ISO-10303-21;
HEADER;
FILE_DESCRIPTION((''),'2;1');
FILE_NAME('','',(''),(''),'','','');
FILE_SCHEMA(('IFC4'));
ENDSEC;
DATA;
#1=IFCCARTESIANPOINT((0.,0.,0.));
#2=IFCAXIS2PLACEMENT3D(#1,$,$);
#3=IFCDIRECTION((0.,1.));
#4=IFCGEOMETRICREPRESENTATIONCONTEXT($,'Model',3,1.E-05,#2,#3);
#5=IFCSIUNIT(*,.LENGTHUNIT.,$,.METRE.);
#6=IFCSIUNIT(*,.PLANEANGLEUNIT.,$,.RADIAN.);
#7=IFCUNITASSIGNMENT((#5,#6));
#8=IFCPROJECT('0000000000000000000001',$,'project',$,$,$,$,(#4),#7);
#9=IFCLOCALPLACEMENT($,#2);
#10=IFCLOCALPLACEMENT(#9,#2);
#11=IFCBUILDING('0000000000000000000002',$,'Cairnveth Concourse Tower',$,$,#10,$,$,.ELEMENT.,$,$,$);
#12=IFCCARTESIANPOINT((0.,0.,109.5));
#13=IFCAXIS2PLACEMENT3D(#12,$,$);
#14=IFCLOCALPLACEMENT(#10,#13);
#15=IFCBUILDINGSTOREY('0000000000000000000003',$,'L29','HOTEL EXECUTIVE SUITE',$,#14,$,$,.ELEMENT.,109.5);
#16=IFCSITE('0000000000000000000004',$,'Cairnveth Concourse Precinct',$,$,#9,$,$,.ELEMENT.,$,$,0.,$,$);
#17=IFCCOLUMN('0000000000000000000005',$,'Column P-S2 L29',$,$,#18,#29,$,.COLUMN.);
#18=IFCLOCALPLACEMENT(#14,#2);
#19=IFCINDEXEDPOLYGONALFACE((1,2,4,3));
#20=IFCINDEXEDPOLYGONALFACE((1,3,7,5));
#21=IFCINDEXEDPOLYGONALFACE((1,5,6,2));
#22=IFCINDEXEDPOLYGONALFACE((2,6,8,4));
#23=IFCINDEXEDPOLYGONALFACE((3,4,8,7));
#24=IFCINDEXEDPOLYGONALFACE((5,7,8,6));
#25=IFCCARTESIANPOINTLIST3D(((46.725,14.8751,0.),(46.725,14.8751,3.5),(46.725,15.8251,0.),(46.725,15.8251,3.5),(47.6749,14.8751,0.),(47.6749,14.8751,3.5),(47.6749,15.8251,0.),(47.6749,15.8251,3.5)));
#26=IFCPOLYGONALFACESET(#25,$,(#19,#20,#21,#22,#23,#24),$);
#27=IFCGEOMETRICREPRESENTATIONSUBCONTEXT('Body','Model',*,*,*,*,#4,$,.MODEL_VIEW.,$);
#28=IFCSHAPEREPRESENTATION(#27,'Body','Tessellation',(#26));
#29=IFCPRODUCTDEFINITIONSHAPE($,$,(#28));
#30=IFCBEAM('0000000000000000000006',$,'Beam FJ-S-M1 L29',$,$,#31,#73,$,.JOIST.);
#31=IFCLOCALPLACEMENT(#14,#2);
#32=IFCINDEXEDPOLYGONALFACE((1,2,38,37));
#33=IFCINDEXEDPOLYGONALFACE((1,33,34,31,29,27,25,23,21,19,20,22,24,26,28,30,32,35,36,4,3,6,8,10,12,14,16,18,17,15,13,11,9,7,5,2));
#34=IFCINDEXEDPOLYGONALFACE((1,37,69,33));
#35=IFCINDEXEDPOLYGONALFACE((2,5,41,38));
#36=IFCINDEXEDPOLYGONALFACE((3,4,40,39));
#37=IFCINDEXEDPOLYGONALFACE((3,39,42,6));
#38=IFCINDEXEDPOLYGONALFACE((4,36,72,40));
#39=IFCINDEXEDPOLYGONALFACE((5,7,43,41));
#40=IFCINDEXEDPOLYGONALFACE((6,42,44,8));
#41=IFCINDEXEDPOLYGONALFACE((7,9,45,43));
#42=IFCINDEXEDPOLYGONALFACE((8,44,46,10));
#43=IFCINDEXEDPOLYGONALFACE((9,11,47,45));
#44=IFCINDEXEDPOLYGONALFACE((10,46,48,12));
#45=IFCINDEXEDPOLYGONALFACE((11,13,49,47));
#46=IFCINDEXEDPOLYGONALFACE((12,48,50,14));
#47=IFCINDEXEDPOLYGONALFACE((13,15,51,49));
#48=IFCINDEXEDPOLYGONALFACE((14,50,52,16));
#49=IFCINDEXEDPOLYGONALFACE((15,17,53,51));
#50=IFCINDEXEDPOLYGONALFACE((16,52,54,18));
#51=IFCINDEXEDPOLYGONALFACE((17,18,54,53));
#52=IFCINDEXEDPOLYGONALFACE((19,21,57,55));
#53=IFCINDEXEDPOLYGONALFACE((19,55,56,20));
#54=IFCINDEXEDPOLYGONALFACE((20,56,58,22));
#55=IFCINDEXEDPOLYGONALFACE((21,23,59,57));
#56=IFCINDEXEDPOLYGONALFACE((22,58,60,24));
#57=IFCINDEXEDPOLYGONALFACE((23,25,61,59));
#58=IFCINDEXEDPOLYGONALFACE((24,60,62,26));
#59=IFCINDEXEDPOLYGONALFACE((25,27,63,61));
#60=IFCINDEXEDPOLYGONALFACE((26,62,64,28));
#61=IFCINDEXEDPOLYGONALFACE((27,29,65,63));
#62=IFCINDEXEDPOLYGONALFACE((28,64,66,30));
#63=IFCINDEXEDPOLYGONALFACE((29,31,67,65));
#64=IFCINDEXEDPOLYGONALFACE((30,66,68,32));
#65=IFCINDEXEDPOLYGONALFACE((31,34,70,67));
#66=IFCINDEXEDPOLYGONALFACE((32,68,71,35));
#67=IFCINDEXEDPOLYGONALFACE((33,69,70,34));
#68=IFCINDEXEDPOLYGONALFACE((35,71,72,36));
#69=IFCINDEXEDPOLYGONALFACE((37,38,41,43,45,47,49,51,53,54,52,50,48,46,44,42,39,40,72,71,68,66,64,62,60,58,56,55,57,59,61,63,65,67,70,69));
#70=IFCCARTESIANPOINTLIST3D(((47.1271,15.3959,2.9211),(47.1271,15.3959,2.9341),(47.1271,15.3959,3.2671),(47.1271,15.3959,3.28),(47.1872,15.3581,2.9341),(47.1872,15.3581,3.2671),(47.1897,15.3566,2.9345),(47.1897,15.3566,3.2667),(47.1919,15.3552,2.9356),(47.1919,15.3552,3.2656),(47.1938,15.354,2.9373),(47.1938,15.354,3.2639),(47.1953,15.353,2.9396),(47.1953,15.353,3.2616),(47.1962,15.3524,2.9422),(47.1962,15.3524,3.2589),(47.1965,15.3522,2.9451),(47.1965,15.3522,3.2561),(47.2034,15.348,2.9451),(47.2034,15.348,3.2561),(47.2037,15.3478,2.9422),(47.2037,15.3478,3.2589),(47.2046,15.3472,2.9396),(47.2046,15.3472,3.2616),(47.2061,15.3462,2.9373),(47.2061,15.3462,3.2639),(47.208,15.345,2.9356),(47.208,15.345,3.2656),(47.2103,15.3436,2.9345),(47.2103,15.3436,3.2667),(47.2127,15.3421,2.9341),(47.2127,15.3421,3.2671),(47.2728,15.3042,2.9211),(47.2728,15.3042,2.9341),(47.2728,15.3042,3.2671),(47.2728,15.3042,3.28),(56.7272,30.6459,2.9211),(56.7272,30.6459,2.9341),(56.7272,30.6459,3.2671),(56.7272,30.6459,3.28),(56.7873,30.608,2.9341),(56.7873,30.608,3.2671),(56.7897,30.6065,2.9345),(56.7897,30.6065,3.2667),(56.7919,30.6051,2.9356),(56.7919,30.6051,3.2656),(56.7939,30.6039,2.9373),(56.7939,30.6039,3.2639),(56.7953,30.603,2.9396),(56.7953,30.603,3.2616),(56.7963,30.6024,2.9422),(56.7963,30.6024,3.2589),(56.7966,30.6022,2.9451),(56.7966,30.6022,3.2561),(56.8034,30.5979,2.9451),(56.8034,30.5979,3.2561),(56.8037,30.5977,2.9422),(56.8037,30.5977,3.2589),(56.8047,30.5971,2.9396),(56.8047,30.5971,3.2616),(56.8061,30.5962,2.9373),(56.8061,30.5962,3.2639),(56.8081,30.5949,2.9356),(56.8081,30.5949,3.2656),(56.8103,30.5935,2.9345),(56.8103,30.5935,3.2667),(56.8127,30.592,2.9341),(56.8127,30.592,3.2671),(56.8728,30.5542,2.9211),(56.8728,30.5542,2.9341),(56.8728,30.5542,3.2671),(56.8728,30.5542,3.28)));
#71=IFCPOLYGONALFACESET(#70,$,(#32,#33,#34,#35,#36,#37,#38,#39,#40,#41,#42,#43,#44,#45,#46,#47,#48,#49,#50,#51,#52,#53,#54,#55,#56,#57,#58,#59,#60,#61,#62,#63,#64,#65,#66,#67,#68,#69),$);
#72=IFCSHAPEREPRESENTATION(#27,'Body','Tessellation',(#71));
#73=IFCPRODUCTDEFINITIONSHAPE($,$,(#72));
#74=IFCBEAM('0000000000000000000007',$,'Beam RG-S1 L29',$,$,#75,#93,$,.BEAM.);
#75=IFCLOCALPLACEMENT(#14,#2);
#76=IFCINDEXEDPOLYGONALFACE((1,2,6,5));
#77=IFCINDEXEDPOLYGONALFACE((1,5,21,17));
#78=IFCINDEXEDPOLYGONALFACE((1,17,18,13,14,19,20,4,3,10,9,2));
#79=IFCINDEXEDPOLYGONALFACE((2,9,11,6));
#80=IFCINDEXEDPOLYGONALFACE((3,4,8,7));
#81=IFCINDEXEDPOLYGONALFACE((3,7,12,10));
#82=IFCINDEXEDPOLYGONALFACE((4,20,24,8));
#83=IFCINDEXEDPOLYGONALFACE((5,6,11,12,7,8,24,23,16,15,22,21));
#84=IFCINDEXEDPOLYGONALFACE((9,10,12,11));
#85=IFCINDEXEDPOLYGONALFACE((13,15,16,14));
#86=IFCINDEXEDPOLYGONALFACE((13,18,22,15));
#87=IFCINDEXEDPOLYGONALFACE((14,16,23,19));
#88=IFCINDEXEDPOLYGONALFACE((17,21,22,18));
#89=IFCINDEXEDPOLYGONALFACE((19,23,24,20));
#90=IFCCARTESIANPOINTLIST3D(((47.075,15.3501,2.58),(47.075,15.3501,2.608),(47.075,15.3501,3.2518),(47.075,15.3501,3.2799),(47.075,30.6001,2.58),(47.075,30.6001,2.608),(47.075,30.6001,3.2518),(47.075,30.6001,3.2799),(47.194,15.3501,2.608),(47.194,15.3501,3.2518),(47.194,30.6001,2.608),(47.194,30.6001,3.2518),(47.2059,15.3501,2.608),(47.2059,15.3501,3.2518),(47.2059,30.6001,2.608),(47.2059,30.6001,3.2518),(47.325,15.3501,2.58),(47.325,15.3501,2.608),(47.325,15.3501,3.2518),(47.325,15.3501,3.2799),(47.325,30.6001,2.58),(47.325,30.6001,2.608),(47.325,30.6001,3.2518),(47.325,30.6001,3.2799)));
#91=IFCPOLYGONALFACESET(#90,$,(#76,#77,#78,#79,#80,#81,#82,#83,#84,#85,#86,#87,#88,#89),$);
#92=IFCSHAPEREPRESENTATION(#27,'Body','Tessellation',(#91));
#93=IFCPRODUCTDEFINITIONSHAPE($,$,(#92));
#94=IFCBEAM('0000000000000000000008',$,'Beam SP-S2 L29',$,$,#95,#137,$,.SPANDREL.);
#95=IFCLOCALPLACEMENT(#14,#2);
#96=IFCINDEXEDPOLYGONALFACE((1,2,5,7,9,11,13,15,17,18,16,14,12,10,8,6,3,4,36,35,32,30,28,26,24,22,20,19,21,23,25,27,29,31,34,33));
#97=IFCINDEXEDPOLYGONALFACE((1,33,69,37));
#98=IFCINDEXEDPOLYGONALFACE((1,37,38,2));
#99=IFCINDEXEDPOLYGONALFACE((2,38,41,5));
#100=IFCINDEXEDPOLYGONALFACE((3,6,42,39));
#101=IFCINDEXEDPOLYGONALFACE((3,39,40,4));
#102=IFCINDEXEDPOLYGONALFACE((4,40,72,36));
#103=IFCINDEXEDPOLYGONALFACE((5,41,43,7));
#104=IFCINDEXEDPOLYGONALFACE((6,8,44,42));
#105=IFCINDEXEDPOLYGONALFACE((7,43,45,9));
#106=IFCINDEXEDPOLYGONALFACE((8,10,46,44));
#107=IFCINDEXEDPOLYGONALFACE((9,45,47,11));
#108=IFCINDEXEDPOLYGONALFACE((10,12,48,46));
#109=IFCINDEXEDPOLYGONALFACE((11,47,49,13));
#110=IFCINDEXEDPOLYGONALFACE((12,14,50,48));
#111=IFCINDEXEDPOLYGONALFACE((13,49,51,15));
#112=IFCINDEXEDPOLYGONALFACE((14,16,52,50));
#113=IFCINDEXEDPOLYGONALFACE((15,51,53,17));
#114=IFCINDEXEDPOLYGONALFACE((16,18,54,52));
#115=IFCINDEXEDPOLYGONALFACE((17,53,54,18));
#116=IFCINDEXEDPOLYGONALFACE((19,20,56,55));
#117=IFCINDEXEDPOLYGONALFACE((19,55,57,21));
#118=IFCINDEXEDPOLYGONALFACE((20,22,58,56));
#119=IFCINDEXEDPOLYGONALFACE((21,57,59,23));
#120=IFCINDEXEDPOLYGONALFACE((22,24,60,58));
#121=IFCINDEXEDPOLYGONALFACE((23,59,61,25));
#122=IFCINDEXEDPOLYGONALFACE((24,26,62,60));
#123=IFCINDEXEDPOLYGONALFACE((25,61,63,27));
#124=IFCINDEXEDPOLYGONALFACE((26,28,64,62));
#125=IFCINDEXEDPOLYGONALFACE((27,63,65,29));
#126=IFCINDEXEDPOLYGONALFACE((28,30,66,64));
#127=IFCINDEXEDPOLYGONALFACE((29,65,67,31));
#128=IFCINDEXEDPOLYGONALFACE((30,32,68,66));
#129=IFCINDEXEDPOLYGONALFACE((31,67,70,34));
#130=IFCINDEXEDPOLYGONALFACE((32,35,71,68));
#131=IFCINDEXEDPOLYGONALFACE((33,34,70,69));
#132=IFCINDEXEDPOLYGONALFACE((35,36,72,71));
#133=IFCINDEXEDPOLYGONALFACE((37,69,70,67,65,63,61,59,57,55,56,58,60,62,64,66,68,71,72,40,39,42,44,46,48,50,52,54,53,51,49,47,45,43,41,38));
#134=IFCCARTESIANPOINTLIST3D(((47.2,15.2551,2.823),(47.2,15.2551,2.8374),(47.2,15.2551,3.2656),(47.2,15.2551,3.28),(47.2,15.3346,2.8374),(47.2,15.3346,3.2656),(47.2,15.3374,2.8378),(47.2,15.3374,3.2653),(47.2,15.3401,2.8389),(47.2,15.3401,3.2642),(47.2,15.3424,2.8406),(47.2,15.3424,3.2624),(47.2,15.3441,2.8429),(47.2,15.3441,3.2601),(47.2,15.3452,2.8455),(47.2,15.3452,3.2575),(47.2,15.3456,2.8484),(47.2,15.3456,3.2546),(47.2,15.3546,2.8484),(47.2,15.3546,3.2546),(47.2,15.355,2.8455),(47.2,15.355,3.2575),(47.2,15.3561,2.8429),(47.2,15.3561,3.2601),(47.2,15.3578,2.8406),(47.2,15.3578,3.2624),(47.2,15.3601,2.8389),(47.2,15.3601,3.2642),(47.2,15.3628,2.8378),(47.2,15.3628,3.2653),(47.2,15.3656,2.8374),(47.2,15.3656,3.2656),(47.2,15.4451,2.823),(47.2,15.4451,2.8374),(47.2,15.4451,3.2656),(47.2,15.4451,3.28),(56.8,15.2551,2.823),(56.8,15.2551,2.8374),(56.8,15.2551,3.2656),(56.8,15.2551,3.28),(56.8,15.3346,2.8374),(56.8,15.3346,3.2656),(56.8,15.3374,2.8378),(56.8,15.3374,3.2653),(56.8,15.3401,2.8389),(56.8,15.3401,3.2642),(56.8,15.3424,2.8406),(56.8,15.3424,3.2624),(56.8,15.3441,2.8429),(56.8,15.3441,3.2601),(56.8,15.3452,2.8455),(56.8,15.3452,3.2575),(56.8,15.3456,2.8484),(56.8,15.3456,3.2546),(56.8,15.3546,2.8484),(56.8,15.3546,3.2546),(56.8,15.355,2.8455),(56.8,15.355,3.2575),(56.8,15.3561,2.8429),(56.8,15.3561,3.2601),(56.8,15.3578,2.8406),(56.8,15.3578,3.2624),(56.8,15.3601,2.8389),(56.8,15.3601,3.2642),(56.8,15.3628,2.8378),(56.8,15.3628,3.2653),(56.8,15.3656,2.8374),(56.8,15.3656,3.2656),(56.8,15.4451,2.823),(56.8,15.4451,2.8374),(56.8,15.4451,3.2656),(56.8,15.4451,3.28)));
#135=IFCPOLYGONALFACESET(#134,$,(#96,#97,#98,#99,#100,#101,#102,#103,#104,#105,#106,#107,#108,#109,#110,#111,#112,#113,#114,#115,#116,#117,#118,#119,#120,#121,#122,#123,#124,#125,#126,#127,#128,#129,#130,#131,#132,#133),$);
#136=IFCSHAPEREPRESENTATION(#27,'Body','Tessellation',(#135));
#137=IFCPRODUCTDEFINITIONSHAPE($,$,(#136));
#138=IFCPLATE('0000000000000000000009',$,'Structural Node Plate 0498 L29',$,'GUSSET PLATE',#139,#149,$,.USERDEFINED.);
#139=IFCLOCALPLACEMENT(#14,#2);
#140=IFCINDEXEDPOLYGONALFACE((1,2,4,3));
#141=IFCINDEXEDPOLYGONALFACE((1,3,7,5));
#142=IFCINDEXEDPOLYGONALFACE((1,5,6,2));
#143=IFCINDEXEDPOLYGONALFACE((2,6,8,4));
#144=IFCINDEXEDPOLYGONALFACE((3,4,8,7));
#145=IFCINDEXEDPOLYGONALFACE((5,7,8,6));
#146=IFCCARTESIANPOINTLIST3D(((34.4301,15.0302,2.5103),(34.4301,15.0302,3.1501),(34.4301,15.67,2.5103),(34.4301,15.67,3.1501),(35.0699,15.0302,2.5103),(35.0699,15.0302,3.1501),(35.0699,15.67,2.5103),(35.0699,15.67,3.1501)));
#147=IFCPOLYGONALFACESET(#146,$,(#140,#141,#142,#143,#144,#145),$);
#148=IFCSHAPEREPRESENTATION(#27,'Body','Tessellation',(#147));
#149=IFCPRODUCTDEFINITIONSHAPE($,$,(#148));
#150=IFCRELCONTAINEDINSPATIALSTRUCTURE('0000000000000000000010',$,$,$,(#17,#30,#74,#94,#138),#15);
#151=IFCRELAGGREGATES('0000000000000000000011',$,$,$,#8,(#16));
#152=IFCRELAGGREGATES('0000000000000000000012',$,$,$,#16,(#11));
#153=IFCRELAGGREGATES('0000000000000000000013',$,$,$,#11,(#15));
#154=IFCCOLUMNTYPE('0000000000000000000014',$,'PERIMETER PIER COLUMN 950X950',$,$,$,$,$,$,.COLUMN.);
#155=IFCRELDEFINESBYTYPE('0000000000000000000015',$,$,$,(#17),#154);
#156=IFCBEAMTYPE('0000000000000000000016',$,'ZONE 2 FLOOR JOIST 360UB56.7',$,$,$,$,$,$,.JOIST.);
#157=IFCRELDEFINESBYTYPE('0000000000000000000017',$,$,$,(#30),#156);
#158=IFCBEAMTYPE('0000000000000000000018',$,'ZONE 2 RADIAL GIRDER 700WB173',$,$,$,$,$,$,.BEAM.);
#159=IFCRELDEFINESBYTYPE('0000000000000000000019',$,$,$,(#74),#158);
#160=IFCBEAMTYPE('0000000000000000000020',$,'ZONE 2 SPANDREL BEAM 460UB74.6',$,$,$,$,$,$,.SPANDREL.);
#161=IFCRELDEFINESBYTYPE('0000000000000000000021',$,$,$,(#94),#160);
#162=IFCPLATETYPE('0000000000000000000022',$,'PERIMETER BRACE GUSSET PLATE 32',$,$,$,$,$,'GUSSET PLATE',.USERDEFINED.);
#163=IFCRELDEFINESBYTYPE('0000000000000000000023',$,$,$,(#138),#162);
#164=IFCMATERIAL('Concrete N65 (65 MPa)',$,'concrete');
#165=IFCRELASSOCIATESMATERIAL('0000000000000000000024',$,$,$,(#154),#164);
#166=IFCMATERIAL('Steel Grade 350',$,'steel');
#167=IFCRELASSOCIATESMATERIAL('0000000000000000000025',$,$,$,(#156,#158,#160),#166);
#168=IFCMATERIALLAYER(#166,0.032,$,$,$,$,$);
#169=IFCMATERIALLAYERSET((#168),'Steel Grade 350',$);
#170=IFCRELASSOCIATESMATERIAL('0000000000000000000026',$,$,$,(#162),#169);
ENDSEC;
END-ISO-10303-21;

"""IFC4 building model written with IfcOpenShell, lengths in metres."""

from ifc_helpers import new_model, si_unit, direction, frame, origin, origin_2d, place, context, subcontext, project, spatial, rectangle, i_section, extrude, material, layer, layer_set, material_profile, profile_set, type_object, element, save


model = new_model("IFC4")

# Units and contexts
model_context = context("Model", 3, precision=1e-05, world=origin(), true_north=direction((0.0, 1.0)))
body_context = subcontext(model_context, "Body", "Model", "MODEL_VIEW")
ifc_project = project(units=[si_unit("LENGTHUNIT", "METRE"), si_unit("PLANEANGLEUNIT", "RADIAN")], contexts=[model_context])

# Site, building, storey
site_placement = place(None, origin())
site = spatial("IfcSite", under=ifc_project, at=site_placement, Name="Cairnveth Concourse Precinct", CompositionType="ELEMENT", RefElevation=0.0)
building_placement = place(site_placement, origin())
building = spatial("IfcBuilding", under=site, at=building_placement, Name="Cairnveth Concourse Tower", CompositionType="ELEMENT")
storey_placement = place(building_placement, frame((0.0, 0.0, 109.5)))
storey = spatial("IfcBuildingStorey", under=building, at=storey_placement, Name="L29", Description="HOTEL EXECUTIVE SUITE", CompositionType="ELEMENT", Elevation=109.5)

# Column
ifc_material_1 = material(Name="Concrete N65 (65 MPa)", Category="concrete")
ifc_material_profile_1 = material_profile(ifc_material_1, rectangle(XDim=0.95, YDim=0.95, at=origin_2d()), Name="RC-COL-950x950")
ifc_profile_set_1 = profile_set([ifc_material_profile_1], Name="Concrete N65 (65 MPa)")
column_type = type_object("IfcColumnType", Name="PERIMETER PIER COLUMN 950X950", PredefinedType="COLUMN", material=ifc_profile_set_1)
column_placement = place(storey_placement, frame((47.2, 15.3501, 0.0), z_axis=(0.0, 0.0, 1.0), x_axis=(1.0, 0.0, 0.0)))
element("IfcColumn", 1, at=column_placement, inside=storey, type_object=column_type, Name="Column P-S2 L29", PredefinedType="COLUMN", context=body_context, shape_type="SweptSolid", body=[
    extrude(rectangle(XDim=0.95, YDim=0.95, at=origin_2d()), origin(), (0.0, 0.0, 1.0), 3.5),
])

# Beams
ifc_material_2 = material(Name="Steel Grade 350", Category="steel")
ifc_material_profile_2 = material_profile(ifc_material_2, i_section(OverallWidth=0.1721, OverallDepth=0.3589, WebThickness=0.0081, FlangeThickness=0.0129, FilletRadius=0.011, at=origin_2d()), Name="360UB56.7")
ifc_profile_set_2 = profile_set([ifc_material_profile_2], Name="Steel Grade 350")
beam_type_1 = type_object("IfcBeamType", Name="ZONE 2 FLOOR JOIST 360UB56.7", PredefinedType="JOIST", material=ifc_profile_set_2)
beam_1_placement = place(storey_placement, frame((47.2, 15.3501, 3.1006), z_axis=(0.532744, 0.846277, 0.0), x_axis=(-0.846277, 0.532744, 0.0)))
element("IfcBeam", 2, at=beam_1_placement, inside=storey, type_object=beam_type_1, Name="Beam FJ-S-M1 L29", PredefinedType="JOIST", context=body_context, shape_type="SweptSolid", body=[
    extrude(i_section(OverallWidth=0.1721, OverallDepth=0.3589, WebThickness=0.0081, FlangeThickness=0.0129, FilletRadius=0.011, at=origin_2d()), origin(), (0.0, 0.0, 1.0), 18.02),
])
ifc_material_profile_3 = material_profile(ifc_material_2, i_section(OverallWidth=0.25, OverallDepth=0.7, WebThickness=0.012, FlangeThickness=0.0281, at=origin_2d()), Name="700WB173")
ifc_profile_set_3 = profile_set([ifc_material_profile_3], Name="Steel Grade 350")
beam_type_2 = type_object("IfcBeamType", Name="ZONE 2 RADIAL GIRDER 700WB173", PredefinedType="BEAM", material=ifc_profile_set_3)
beam_2_placement = place(storey_placement, frame((47.2, 15.3501, 2.9299), z_axis=(0.0, 1.0, 0.0), x_axis=(-1.0, 0.0, 0.0)))
element("IfcBeam", 3, at=beam_2_placement, inside=storey, type_object=beam_type_2, Name="Beam RG-S1 L29", PredefinedType="BEAM", context=body_context, shape_type="SweptSolid", body=[
    extrude(i_section(OverallWidth=0.25, OverallDepth=0.7, WebThickness=0.012, FlangeThickness=0.0281, at=origin_2d()), origin(), (0.0, 0.0, 1.0), 15.25),
])
ifc_material_profile_4 = material_profile(ifc_material_2, i_section(OverallWidth=0.1899, OverallDepth=0.457, WebThickness=0.009, FlangeThickness=0.0144, FilletRadius=0.011, at=origin_2d()), Name="460UB74.6")
ifc_profile_set_4 = profile_set([ifc_material_profile_4], Name="Steel Grade 350")
beam_type_3 = type_object("IfcBeamType", Name="ZONE 2 SPANDREL BEAM 460UB74.6", PredefinedType="SPANDREL", material=ifc_profile_set_4)
beam_3_placement = place(storey_placement, frame((47.2, 15.3501, 3.0515), z_axis=(1.0, 0.0, 0.0), x_axis=(0.0, 1.0, 0.0)))
element("IfcBeam", 4, at=beam_3_placement, inside=storey, type_object=beam_type_3, Name="Beam SP-S2 L29", PredefinedType="SPANDREL", context=body_context, shape_type="SweptSolid", body=[
    extrude(i_section(OverallWidth=0.1899, OverallDepth=0.457, WebThickness=0.009, FlangeThickness=0.0144, FilletRadius=0.011, at=origin_2d()), origin(), (0.0, 0.0, 1.0), 9.6001),
])

# Plate
ifc_layer_1 = layer(ifc_material_2, 0.032)
ifc_layer_set_1 = layer_set([ifc_layer_1], Name="Steel Grade 350")
plate_type = type_object("IfcPlateType", Name="PERIMETER BRACE GUSSET PLATE 32", ElementType="GUSSET PLATE", PredefinedType="USERDEFINED", material=ifc_layer_set_1)
plate_placement = place(storey_placement, frame((34.75, 15.3501, 2.5103), z_axis=(0.0, 0.0, 1.0), x_axis=(1.0, 0.0, 0.0)))
element("IfcPlate", 5, at=plate_placement, inside=storey, type_object=plate_type, Name="Structural Node Plate 0498 L29", ObjectType="GUSSET PLATE", PredefinedType="USERDEFINED", context=body_context, shape_type="SweptSolid", body=[
    extrude(rectangle(XDim=0.6399, YDim=0.6399, at=origin_2d()), origin(), (0.0, 0.0, 1.0), 0.6399),
])

save(model, "model.ifc")
